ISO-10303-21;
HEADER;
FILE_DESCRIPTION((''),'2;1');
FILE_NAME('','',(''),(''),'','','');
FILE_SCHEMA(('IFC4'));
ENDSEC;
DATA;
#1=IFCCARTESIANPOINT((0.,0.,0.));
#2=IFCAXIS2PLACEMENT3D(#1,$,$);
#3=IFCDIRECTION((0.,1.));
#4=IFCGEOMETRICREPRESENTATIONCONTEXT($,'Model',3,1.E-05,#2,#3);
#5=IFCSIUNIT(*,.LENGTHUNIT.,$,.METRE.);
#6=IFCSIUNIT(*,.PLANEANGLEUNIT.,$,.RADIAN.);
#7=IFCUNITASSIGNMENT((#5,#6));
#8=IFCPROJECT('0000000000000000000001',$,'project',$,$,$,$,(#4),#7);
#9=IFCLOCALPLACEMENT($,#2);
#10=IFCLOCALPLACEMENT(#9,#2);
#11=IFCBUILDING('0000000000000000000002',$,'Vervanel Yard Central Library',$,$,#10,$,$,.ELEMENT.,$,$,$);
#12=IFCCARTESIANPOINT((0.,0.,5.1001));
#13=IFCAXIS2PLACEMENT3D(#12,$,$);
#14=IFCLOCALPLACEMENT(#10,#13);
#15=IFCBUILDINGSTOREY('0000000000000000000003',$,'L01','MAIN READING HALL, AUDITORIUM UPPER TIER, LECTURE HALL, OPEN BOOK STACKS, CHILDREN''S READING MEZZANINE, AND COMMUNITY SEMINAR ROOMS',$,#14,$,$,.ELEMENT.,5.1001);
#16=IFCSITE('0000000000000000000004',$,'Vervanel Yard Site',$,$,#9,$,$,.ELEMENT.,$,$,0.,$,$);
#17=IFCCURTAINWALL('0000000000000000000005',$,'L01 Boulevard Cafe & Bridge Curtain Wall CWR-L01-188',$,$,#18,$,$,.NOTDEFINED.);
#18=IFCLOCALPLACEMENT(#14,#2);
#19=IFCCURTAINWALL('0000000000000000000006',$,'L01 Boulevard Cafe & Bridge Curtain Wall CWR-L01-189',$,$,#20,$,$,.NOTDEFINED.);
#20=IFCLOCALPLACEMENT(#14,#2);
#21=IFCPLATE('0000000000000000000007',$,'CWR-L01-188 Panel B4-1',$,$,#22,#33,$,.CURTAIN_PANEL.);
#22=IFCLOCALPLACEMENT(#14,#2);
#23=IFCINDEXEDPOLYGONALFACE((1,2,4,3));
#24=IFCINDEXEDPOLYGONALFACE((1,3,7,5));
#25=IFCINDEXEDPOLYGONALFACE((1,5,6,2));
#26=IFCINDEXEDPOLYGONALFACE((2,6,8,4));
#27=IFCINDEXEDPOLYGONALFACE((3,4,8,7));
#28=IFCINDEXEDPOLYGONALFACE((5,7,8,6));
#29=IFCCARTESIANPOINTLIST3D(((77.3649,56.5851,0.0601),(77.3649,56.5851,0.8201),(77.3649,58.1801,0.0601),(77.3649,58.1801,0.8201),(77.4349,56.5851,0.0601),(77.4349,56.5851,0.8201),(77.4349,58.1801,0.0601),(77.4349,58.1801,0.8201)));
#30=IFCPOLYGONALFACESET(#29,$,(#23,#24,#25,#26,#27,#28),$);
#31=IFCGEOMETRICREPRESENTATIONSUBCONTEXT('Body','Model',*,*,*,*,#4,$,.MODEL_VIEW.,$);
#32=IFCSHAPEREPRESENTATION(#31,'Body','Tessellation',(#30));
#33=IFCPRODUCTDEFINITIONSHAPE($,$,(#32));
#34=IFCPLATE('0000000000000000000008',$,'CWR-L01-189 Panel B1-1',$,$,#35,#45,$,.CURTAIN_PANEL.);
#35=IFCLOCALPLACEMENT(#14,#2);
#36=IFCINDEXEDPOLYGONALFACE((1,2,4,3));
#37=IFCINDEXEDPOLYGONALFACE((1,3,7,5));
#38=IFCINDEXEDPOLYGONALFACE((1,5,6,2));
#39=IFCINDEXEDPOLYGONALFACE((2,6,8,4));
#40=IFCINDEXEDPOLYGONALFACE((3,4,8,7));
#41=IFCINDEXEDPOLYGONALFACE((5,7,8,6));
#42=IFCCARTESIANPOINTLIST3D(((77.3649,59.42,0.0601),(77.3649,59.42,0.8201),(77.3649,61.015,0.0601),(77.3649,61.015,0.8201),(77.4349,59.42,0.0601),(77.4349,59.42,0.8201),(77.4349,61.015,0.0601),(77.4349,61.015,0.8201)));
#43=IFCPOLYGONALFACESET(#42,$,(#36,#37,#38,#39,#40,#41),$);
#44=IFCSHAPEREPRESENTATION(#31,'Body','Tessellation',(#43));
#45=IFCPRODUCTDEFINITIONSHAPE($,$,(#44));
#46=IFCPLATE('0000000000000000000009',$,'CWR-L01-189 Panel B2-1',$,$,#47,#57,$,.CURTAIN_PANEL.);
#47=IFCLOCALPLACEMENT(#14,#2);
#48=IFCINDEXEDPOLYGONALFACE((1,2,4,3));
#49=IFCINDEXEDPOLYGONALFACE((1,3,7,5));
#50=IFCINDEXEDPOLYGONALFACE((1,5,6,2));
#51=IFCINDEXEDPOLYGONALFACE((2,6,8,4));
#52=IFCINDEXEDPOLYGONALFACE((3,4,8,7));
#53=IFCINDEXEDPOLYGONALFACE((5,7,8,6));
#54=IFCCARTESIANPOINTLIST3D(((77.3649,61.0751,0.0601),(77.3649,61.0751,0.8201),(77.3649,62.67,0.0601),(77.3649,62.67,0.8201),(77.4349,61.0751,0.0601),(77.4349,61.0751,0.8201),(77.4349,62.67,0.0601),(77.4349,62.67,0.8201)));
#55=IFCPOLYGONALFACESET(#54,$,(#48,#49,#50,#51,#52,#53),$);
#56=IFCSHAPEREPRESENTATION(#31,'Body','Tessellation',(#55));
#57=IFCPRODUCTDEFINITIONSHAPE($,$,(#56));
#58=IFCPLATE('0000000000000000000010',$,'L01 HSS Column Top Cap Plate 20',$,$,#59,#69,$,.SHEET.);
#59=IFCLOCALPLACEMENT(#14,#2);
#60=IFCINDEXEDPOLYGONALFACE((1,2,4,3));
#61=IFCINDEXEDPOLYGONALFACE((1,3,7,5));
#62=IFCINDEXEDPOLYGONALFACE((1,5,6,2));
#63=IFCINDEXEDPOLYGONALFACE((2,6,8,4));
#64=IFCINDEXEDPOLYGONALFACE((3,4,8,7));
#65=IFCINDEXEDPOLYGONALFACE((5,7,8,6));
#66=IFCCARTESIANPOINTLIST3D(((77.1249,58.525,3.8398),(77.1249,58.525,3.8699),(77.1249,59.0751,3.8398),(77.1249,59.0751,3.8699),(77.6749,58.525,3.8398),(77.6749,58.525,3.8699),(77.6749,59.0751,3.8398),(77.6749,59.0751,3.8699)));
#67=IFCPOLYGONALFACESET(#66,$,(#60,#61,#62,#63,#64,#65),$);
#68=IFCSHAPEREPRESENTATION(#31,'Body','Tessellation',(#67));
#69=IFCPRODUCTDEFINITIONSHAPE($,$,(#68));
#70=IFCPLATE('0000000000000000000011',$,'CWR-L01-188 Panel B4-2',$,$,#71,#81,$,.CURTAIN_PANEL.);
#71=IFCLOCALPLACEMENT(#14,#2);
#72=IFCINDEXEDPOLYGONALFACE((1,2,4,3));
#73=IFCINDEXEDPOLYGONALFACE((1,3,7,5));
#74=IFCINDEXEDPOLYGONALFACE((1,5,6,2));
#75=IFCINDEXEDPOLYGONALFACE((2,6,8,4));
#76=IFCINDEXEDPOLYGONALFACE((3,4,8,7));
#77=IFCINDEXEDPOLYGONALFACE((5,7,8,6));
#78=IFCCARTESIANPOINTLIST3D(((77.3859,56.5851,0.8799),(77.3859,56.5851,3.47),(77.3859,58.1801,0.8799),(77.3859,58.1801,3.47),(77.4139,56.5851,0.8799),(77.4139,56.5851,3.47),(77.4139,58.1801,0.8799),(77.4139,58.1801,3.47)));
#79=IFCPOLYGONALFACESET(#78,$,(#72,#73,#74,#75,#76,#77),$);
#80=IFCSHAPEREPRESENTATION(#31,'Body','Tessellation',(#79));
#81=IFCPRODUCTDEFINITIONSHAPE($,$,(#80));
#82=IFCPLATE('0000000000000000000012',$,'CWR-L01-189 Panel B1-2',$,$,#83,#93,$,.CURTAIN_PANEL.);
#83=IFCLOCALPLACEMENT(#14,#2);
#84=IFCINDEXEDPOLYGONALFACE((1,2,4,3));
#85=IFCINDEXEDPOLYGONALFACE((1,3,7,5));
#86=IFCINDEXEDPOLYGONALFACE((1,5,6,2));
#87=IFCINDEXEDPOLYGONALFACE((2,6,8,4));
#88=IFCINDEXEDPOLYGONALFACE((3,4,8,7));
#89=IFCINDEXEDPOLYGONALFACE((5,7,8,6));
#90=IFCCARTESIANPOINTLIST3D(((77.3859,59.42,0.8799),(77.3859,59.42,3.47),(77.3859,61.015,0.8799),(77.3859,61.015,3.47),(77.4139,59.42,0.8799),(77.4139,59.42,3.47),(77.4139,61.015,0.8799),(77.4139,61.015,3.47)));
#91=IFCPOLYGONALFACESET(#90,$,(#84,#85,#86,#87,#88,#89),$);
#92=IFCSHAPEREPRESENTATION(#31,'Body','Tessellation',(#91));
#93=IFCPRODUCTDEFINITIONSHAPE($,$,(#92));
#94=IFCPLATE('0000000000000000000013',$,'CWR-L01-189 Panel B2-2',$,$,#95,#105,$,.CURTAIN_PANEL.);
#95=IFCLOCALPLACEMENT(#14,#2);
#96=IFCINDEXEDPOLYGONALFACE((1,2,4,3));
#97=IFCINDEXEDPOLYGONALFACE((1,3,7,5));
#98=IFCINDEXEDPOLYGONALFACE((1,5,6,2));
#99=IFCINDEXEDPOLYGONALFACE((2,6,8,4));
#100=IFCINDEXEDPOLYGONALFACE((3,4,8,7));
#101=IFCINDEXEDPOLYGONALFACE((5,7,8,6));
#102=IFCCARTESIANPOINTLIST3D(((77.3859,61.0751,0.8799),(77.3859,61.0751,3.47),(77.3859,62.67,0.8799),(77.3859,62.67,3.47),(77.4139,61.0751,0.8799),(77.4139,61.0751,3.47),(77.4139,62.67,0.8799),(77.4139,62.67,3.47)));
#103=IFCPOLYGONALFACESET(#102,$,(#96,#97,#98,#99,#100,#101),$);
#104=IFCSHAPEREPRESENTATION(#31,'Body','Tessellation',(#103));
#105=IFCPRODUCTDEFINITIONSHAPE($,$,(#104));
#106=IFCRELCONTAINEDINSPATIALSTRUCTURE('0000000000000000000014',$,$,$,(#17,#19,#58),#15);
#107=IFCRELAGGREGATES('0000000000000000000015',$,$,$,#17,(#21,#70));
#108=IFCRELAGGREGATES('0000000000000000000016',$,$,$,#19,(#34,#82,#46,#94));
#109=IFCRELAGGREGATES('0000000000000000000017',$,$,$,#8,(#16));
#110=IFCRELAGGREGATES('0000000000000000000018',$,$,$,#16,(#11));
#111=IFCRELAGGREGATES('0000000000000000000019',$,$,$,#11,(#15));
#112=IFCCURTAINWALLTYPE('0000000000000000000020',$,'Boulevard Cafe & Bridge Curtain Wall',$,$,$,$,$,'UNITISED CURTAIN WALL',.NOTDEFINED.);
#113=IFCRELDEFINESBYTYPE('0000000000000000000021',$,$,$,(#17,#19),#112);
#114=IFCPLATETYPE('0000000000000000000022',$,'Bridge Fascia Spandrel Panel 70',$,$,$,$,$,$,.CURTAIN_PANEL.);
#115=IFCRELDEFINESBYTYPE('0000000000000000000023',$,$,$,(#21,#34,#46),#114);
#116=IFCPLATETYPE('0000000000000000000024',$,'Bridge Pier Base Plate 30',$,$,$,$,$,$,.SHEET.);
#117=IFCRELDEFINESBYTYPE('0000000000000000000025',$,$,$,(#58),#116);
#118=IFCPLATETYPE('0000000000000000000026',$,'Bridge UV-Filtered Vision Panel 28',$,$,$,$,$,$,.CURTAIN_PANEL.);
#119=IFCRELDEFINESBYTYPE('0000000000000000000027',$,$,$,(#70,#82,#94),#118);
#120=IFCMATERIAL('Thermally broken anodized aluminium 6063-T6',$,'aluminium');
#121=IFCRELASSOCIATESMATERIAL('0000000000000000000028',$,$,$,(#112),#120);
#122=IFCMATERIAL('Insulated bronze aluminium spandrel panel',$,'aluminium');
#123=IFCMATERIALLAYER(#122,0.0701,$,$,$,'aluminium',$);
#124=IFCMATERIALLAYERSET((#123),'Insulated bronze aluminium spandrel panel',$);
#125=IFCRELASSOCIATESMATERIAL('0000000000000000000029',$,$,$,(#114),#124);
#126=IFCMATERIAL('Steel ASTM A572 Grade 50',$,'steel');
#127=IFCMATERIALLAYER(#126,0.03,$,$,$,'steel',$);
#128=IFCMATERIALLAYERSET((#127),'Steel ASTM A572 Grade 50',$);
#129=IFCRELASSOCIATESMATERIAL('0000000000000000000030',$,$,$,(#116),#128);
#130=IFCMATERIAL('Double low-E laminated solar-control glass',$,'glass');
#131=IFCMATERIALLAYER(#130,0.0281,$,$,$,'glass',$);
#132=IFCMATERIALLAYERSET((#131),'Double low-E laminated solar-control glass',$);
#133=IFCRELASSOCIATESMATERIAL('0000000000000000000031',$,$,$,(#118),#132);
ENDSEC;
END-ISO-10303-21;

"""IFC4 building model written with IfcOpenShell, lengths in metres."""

from ifc_helpers import new_model, si_unit, direction, frame, origin, origin_2d, place, context, subcontext, project, spatial, rectangle, extrude, material, layer, layer_set, type_object, element, aggregate, save


model = new_model("IFC4")

# Units and contexts
model_context = context("Model", 3, precision=1e-05, world=origin(), true_north=direction((0.0, 1.0)))
body_context = subcontext(model_context, "Body", "Model", "MODEL_VIEW")
ifc_project = project(units=[si_unit("LENGTHUNIT", "METRE"), si_unit("PLANEANGLEUNIT", "RADIAN")], contexts=[model_context])

# Site, building, storey
site_placement = place(None, origin())
site = spatial("IfcSite", under=ifc_project, at=site_placement, Name="Vervanel Yard Site", CompositionType="ELEMENT", RefElevation=0.0)
building_placement = place(site_placement, origin())
building = spatial("IfcBuilding", under=site, at=building_placement, Name="Vervanel Yard Central Library", CompositionType="ELEMENT")
storey_placement = place(building_placement, frame((0.0, 0.0, 5.1001)))
storey = spatial("IfcBuildingStorey", under=building, at=storey_placement, Name="L01", Description="MAIN READING HALL, AUDITORIUM UPPER TIER, LECTURE HALL, OPEN BOOK STACKS, CHILDREN'S READING MEZZANINE, AND COMMUNITY SEMINAR ROOMS", CompositionType="ELEMENT", Elevation=5.1001)

# Curtain wall
ifc_material_1 = material(Name="Thermally broken anodized aluminium 6063-T6", Category="aluminium")
curtain_wall_type = type_object("IfcCurtainWallType", Name="Boulevard Cafe & Bridge Curtain Wall", ElementType="UNITISED CURTAIN WALL", PredefinedType="NOTDEFINED", material=ifc_material_1)
curtain_wall_1_placement = place(storey_placement, origin())
curtain_wall_1 = element("IfcCurtainWall", 1, at=curtain_wall_1_placement, inside=storey, type_object=curtain_wall_type, Name="L01 Boulevard Cafe & Bridge Curtain Wall CWR-L01-188", PredefinedType="NOTDEFINED")

# Curtain wall
curtain_wall_2_placement = place(storey_placement, origin())
curtain_wall_2 = element("IfcCurtainWall", 2, at=curtain_wall_2_placement, inside=storey, type_object=curtain_wall_type, Name="L01 Boulevard Cafe & Bridge Curtain Wall CWR-L01-189", PredefinedType="NOTDEFINED")

# Plates
ifc_material_2 = material(Name="Insulated bronze aluminium spandrel panel", Category="aluminium")
ifc_layer_1 = layer(ifc_material_2, 0.0701, Category="aluminium")
ifc_layer_set_1 = layer_set([ifc_layer_1], Name="Insulated bronze aluminium spandrel panel")
plate_type_1 = type_object("IfcPlateType", Name="Bridge Fascia Spandrel Panel 70", PredefinedType="CURTAIN_PANEL", material=ifc_layer_set_1)
plate_1_placement = place(storey_placement, frame((77.3999, 57.3826, 0.0601), z_axis=(0.0, 0.0, 1.0), x_axis=(0.0, 1.0, 0.0)))
plate_1 = element("IfcPlate", 3, at=plate_1_placement, type_object=plate_type_1, Name="CWR-L01-188 Panel B4-1", PredefinedType="CURTAIN_PANEL", context=body_context, shape_type="SweptSolid", body=[
    extrude(rectangle(XDim=1.595, YDim=0.0701, at=origin_2d()), origin(), (0.0, 0.0, 1.0), 0.76),
])
plate_2_placement = place(storey_placement, frame((77.3999, 60.2175, 0.0601), z_axis=(0.0, 0.0, 1.0), x_axis=(0.0, 1.0, 0.0)))
plate_2 = element("IfcPlate", 4, at=plate_2_placement, type_object=plate_type_1, Name="CWR-L01-189 Panel B1-1", PredefinedType="CURTAIN_PANEL", context=body_context, shape_type="SweptSolid", body=[
    extrude(rectangle(XDim=1.595, YDim=0.0701, at=origin_2d()), origin(), (0.0, 0.0, 1.0), 0.76),
])
plate_3_placement = place(storey_placement, frame((77.3999, 61.8726, 0.0601), z_axis=(0.0, 0.0, 1.0), x_axis=(0.0, 1.0, 0.0)))
plate_3 = element("IfcPlate", 5, at=plate_3_placement, type_object=plate_type_1, Name="CWR-L01-189 Panel B2-1", PredefinedType="CURTAIN_PANEL", context=body_context, shape_type="SweptSolid", body=[
    extrude(rectangle(XDim=1.595, YDim=0.0701, at=origin_2d()), origin(), (0.0, 0.0, 1.0), 0.76),
])
ifc_material_3 = material(Name="Steel ASTM A572 Grade 50", Category="steel")
ifc_layer_2 = layer(ifc_material_3, 0.03, Category="steel")
ifc_layer_set_2 = layer_set([ifc_layer_2], Name="Steel ASTM A572 Grade 50")
plate_type_2 = type_object("IfcPlateType", Name="Bridge Pier Base Plate 30", PredefinedType="SHEET", material=ifc_layer_set_2)
plate_4_placement = place(storey_placement, frame((77.3999, 58.8, 3.8398), z_axis=(0.0, 0.0, 1.0), x_axis=(1.0, 0.0, 0.0)))
element("IfcPlate", 6, at=plate_4_placement, inside=storey, type_object=plate_type_2, Name="L01 HSS Column Top Cap Plate 20", PredefinedType="SHEET", context=body_context, shape_type="SweptSolid", body=[
    extrude(rectangle(XDim=0.55, YDim=0.55, at=origin_2d()), origin(), (0.0, 0.0, 1.0), 0.03),
])
ifc_material_4 = material(Name="Double low-E laminated solar-control glass", Category="glass")
ifc_layer_3 = layer(ifc_material_4, 0.0281, Category="glass")
ifc_layer_set_3 = layer_set([ifc_layer_3], Name="Double low-E laminated solar-control glass")
plate_type_3 = type_object("IfcPlateType", Name="Bridge UV-Filtered Vision Panel 28", PredefinedType="CURTAIN_PANEL", material=ifc_layer_set_3)
plate_5_placement = place(storey_placement, frame((77.3999, 57.3826, 0.8799), z_axis=(0.0, 0.0, 1.0), x_axis=(0.0, 1.0, 0.0)))
plate_5 = element("IfcPlate", 7, at=plate_5_placement, type_object=plate_type_3, Name="CWR-L01-188 Panel B4-2", PredefinedType="CURTAIN_PANEL", context=body_context, shape_type="SweptSolid", body=[
    extrude(rectangle(XDim=1.595, YDim=0.0281, at=origin_2d()), origin(), (0.0, 0.0, 1.0), 2.5901),
])
aggregate(curtain_wall_1, [plate_1, plate_5])
plate_6_placement = place(storey_placement, frame((77.3999, 60.2175, 0.8799), z_axis=(0.0, 0.0, 1.0), x_axis=(0.0, 1.0, 0.0)))
plate_6 = element("IfcPlate", 8, at=plate_6_placement, type_object=plate_type_3, Name="CWR-L01-189 Panel B1-2", PredefinedType="CURTAIN_PANEL", context=body_context, shape_type="SweptSolid", body=[
    extrude(rectangle(XDim=1.595, YDim=0.0281, at=origin_2d()), origin(), (0.0, 0.0, 1.0), 2.5901),
])
plate_7_placement = place(storey_placement, frame((77.3999, 61.8726, 0.8799), z_axis=(0.0, 0.0, 1.0), x_axis=(0.0, 1.0, 0.0)))
plate_7 = element("IfcPlate", 9, at=plate_7_placement, type_object=plate_type_3, Name="CWR-L01-189 Panel B2-2", PredefinedType="CURTAIN_PANEL", context=body_context, shape_type="SweptSolid", body=[
    extrude(rectangle(XDim=1.595, YDim=0.0281, at=origin_2d()), origin(), (0.0, 0.0, 1.0), 2.5901),
])
aggregate(curtain_wall_2, [plate_2, plate_6, plate_3, plate_7])

save(model, "model.ifc")
